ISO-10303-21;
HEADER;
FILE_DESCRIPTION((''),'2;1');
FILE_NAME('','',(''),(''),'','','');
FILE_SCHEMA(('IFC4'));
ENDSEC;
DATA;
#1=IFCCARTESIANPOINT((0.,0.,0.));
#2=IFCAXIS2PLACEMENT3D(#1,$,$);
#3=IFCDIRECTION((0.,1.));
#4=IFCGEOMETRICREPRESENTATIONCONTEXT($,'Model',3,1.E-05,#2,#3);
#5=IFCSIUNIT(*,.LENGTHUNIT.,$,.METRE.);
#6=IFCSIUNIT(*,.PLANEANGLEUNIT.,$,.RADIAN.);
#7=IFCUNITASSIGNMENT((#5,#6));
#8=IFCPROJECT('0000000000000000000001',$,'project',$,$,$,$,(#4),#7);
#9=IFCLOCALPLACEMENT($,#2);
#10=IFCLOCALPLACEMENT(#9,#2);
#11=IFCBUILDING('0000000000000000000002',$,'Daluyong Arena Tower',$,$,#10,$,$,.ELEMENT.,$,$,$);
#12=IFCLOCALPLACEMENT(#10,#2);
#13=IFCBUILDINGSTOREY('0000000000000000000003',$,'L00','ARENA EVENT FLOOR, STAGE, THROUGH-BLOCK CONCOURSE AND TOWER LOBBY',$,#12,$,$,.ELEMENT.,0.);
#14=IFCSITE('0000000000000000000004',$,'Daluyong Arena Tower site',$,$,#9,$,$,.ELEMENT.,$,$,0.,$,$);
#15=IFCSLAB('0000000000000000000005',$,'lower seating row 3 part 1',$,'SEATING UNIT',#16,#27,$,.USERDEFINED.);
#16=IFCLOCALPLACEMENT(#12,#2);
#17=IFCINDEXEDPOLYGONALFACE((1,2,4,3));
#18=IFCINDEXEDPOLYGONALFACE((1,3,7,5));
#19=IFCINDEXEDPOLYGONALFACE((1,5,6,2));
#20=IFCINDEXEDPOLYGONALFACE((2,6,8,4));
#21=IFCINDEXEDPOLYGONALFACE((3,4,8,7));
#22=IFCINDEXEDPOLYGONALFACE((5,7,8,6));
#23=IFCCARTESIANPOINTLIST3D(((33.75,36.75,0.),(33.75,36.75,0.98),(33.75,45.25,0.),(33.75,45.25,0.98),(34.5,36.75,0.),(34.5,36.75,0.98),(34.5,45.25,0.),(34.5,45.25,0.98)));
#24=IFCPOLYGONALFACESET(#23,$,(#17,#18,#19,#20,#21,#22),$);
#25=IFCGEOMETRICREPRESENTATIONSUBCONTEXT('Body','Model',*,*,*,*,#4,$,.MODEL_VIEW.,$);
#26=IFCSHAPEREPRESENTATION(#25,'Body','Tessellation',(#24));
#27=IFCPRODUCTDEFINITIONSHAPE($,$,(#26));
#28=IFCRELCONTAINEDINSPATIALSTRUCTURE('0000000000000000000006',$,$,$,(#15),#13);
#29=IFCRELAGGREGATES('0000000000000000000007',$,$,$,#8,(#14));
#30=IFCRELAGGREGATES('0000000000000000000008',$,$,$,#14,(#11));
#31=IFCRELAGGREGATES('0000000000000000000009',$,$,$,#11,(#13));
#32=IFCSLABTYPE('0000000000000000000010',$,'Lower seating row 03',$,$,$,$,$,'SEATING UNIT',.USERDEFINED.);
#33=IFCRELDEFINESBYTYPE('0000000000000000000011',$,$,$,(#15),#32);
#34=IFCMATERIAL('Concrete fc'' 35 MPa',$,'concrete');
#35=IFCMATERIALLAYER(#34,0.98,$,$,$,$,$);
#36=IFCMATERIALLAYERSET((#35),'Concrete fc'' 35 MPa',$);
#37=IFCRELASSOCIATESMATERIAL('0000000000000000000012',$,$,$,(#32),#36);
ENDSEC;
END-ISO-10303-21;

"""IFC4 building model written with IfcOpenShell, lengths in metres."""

from ifc_helpers import new_model, si_unit, direction, origin, place, context, subcontext, project, spatial, polyline, outline, extrude, material, layer, layer_set, type_object, element, save


model = new_model("IFC4")

# Units and contexts
model_context = context("Model", 3, precision=1e-05, world=origin(), true_north=direction((0.0, 1.0)))
body_context = subcontext(model_context, "Body", "Model", "MODEL_VIEW")
ifc_project = project(units=[si_unit("LENGTHUNIT", "METRE"), si_unit("PLANEANGLEUNIT", "RADIAN")], contexts=[model_context])

# Site, building, storey
site_placement = place(None, origin())
site = spatial("IfcSite", under=ifc_project, at=site_placement, Name="Daluyong Arena Tower site", CompositionType="ELEMENT", RefElevation=0.0)
building_placement = place(site_placement, origin())
building = spatial("IfcBuilding", under=site, at=building_placement, Name="Daluyong Arena Tower", CompositionType="ELEMENT")
storey_placement = place(building_placement, origin())
storey = spatial("IfcBuildingStorey", under=building, at=storey_placement, Name="L00", Description="ARENA EVENT FLOOR, STAGE, THROUGH-BLOCK CONCOURSE AND TOWER LOBBY", CompositionType="ELEMENT", Elevation=0.0)

# Slab
ifc_material_1 = material(Name="Concrete fc' 35 MPa", Category="concrete")
ifc_layer_1 = layer(ifc_material_1, 0.98)
ifc_layer_set_1 = layer_set([ifc_layer_1], Name="Concrete fc' 35 MPa")
slab_type_1 = type_object("IfcSlabType", Name="Lower seating row 03", ElementType="SEATING UNIT", PredefinedType="USERDEFINED", material=ifc_layer_set_1)
slab_1_placement = place(storey_placement, origin())
element("IfcSlab", 1, at=slab_1_placement, inside=storey, type_object=slab_type_1, Name="lower seating row 3 part 1", ObjectType="SEATING UNIT", PredefinedType="USERDEFINED", context=body_context, shape_type="SweptSolid", body=[
    extrude(outline(polyline([(33.75, 45.25), (33.75, 36.75), (34.5, 36.75), (34.5, 45.25), (33.75, 45.25)])), origin(), (0.0, 0.0, 1.0), 0.98),
])

save(model, "model.ifc")
